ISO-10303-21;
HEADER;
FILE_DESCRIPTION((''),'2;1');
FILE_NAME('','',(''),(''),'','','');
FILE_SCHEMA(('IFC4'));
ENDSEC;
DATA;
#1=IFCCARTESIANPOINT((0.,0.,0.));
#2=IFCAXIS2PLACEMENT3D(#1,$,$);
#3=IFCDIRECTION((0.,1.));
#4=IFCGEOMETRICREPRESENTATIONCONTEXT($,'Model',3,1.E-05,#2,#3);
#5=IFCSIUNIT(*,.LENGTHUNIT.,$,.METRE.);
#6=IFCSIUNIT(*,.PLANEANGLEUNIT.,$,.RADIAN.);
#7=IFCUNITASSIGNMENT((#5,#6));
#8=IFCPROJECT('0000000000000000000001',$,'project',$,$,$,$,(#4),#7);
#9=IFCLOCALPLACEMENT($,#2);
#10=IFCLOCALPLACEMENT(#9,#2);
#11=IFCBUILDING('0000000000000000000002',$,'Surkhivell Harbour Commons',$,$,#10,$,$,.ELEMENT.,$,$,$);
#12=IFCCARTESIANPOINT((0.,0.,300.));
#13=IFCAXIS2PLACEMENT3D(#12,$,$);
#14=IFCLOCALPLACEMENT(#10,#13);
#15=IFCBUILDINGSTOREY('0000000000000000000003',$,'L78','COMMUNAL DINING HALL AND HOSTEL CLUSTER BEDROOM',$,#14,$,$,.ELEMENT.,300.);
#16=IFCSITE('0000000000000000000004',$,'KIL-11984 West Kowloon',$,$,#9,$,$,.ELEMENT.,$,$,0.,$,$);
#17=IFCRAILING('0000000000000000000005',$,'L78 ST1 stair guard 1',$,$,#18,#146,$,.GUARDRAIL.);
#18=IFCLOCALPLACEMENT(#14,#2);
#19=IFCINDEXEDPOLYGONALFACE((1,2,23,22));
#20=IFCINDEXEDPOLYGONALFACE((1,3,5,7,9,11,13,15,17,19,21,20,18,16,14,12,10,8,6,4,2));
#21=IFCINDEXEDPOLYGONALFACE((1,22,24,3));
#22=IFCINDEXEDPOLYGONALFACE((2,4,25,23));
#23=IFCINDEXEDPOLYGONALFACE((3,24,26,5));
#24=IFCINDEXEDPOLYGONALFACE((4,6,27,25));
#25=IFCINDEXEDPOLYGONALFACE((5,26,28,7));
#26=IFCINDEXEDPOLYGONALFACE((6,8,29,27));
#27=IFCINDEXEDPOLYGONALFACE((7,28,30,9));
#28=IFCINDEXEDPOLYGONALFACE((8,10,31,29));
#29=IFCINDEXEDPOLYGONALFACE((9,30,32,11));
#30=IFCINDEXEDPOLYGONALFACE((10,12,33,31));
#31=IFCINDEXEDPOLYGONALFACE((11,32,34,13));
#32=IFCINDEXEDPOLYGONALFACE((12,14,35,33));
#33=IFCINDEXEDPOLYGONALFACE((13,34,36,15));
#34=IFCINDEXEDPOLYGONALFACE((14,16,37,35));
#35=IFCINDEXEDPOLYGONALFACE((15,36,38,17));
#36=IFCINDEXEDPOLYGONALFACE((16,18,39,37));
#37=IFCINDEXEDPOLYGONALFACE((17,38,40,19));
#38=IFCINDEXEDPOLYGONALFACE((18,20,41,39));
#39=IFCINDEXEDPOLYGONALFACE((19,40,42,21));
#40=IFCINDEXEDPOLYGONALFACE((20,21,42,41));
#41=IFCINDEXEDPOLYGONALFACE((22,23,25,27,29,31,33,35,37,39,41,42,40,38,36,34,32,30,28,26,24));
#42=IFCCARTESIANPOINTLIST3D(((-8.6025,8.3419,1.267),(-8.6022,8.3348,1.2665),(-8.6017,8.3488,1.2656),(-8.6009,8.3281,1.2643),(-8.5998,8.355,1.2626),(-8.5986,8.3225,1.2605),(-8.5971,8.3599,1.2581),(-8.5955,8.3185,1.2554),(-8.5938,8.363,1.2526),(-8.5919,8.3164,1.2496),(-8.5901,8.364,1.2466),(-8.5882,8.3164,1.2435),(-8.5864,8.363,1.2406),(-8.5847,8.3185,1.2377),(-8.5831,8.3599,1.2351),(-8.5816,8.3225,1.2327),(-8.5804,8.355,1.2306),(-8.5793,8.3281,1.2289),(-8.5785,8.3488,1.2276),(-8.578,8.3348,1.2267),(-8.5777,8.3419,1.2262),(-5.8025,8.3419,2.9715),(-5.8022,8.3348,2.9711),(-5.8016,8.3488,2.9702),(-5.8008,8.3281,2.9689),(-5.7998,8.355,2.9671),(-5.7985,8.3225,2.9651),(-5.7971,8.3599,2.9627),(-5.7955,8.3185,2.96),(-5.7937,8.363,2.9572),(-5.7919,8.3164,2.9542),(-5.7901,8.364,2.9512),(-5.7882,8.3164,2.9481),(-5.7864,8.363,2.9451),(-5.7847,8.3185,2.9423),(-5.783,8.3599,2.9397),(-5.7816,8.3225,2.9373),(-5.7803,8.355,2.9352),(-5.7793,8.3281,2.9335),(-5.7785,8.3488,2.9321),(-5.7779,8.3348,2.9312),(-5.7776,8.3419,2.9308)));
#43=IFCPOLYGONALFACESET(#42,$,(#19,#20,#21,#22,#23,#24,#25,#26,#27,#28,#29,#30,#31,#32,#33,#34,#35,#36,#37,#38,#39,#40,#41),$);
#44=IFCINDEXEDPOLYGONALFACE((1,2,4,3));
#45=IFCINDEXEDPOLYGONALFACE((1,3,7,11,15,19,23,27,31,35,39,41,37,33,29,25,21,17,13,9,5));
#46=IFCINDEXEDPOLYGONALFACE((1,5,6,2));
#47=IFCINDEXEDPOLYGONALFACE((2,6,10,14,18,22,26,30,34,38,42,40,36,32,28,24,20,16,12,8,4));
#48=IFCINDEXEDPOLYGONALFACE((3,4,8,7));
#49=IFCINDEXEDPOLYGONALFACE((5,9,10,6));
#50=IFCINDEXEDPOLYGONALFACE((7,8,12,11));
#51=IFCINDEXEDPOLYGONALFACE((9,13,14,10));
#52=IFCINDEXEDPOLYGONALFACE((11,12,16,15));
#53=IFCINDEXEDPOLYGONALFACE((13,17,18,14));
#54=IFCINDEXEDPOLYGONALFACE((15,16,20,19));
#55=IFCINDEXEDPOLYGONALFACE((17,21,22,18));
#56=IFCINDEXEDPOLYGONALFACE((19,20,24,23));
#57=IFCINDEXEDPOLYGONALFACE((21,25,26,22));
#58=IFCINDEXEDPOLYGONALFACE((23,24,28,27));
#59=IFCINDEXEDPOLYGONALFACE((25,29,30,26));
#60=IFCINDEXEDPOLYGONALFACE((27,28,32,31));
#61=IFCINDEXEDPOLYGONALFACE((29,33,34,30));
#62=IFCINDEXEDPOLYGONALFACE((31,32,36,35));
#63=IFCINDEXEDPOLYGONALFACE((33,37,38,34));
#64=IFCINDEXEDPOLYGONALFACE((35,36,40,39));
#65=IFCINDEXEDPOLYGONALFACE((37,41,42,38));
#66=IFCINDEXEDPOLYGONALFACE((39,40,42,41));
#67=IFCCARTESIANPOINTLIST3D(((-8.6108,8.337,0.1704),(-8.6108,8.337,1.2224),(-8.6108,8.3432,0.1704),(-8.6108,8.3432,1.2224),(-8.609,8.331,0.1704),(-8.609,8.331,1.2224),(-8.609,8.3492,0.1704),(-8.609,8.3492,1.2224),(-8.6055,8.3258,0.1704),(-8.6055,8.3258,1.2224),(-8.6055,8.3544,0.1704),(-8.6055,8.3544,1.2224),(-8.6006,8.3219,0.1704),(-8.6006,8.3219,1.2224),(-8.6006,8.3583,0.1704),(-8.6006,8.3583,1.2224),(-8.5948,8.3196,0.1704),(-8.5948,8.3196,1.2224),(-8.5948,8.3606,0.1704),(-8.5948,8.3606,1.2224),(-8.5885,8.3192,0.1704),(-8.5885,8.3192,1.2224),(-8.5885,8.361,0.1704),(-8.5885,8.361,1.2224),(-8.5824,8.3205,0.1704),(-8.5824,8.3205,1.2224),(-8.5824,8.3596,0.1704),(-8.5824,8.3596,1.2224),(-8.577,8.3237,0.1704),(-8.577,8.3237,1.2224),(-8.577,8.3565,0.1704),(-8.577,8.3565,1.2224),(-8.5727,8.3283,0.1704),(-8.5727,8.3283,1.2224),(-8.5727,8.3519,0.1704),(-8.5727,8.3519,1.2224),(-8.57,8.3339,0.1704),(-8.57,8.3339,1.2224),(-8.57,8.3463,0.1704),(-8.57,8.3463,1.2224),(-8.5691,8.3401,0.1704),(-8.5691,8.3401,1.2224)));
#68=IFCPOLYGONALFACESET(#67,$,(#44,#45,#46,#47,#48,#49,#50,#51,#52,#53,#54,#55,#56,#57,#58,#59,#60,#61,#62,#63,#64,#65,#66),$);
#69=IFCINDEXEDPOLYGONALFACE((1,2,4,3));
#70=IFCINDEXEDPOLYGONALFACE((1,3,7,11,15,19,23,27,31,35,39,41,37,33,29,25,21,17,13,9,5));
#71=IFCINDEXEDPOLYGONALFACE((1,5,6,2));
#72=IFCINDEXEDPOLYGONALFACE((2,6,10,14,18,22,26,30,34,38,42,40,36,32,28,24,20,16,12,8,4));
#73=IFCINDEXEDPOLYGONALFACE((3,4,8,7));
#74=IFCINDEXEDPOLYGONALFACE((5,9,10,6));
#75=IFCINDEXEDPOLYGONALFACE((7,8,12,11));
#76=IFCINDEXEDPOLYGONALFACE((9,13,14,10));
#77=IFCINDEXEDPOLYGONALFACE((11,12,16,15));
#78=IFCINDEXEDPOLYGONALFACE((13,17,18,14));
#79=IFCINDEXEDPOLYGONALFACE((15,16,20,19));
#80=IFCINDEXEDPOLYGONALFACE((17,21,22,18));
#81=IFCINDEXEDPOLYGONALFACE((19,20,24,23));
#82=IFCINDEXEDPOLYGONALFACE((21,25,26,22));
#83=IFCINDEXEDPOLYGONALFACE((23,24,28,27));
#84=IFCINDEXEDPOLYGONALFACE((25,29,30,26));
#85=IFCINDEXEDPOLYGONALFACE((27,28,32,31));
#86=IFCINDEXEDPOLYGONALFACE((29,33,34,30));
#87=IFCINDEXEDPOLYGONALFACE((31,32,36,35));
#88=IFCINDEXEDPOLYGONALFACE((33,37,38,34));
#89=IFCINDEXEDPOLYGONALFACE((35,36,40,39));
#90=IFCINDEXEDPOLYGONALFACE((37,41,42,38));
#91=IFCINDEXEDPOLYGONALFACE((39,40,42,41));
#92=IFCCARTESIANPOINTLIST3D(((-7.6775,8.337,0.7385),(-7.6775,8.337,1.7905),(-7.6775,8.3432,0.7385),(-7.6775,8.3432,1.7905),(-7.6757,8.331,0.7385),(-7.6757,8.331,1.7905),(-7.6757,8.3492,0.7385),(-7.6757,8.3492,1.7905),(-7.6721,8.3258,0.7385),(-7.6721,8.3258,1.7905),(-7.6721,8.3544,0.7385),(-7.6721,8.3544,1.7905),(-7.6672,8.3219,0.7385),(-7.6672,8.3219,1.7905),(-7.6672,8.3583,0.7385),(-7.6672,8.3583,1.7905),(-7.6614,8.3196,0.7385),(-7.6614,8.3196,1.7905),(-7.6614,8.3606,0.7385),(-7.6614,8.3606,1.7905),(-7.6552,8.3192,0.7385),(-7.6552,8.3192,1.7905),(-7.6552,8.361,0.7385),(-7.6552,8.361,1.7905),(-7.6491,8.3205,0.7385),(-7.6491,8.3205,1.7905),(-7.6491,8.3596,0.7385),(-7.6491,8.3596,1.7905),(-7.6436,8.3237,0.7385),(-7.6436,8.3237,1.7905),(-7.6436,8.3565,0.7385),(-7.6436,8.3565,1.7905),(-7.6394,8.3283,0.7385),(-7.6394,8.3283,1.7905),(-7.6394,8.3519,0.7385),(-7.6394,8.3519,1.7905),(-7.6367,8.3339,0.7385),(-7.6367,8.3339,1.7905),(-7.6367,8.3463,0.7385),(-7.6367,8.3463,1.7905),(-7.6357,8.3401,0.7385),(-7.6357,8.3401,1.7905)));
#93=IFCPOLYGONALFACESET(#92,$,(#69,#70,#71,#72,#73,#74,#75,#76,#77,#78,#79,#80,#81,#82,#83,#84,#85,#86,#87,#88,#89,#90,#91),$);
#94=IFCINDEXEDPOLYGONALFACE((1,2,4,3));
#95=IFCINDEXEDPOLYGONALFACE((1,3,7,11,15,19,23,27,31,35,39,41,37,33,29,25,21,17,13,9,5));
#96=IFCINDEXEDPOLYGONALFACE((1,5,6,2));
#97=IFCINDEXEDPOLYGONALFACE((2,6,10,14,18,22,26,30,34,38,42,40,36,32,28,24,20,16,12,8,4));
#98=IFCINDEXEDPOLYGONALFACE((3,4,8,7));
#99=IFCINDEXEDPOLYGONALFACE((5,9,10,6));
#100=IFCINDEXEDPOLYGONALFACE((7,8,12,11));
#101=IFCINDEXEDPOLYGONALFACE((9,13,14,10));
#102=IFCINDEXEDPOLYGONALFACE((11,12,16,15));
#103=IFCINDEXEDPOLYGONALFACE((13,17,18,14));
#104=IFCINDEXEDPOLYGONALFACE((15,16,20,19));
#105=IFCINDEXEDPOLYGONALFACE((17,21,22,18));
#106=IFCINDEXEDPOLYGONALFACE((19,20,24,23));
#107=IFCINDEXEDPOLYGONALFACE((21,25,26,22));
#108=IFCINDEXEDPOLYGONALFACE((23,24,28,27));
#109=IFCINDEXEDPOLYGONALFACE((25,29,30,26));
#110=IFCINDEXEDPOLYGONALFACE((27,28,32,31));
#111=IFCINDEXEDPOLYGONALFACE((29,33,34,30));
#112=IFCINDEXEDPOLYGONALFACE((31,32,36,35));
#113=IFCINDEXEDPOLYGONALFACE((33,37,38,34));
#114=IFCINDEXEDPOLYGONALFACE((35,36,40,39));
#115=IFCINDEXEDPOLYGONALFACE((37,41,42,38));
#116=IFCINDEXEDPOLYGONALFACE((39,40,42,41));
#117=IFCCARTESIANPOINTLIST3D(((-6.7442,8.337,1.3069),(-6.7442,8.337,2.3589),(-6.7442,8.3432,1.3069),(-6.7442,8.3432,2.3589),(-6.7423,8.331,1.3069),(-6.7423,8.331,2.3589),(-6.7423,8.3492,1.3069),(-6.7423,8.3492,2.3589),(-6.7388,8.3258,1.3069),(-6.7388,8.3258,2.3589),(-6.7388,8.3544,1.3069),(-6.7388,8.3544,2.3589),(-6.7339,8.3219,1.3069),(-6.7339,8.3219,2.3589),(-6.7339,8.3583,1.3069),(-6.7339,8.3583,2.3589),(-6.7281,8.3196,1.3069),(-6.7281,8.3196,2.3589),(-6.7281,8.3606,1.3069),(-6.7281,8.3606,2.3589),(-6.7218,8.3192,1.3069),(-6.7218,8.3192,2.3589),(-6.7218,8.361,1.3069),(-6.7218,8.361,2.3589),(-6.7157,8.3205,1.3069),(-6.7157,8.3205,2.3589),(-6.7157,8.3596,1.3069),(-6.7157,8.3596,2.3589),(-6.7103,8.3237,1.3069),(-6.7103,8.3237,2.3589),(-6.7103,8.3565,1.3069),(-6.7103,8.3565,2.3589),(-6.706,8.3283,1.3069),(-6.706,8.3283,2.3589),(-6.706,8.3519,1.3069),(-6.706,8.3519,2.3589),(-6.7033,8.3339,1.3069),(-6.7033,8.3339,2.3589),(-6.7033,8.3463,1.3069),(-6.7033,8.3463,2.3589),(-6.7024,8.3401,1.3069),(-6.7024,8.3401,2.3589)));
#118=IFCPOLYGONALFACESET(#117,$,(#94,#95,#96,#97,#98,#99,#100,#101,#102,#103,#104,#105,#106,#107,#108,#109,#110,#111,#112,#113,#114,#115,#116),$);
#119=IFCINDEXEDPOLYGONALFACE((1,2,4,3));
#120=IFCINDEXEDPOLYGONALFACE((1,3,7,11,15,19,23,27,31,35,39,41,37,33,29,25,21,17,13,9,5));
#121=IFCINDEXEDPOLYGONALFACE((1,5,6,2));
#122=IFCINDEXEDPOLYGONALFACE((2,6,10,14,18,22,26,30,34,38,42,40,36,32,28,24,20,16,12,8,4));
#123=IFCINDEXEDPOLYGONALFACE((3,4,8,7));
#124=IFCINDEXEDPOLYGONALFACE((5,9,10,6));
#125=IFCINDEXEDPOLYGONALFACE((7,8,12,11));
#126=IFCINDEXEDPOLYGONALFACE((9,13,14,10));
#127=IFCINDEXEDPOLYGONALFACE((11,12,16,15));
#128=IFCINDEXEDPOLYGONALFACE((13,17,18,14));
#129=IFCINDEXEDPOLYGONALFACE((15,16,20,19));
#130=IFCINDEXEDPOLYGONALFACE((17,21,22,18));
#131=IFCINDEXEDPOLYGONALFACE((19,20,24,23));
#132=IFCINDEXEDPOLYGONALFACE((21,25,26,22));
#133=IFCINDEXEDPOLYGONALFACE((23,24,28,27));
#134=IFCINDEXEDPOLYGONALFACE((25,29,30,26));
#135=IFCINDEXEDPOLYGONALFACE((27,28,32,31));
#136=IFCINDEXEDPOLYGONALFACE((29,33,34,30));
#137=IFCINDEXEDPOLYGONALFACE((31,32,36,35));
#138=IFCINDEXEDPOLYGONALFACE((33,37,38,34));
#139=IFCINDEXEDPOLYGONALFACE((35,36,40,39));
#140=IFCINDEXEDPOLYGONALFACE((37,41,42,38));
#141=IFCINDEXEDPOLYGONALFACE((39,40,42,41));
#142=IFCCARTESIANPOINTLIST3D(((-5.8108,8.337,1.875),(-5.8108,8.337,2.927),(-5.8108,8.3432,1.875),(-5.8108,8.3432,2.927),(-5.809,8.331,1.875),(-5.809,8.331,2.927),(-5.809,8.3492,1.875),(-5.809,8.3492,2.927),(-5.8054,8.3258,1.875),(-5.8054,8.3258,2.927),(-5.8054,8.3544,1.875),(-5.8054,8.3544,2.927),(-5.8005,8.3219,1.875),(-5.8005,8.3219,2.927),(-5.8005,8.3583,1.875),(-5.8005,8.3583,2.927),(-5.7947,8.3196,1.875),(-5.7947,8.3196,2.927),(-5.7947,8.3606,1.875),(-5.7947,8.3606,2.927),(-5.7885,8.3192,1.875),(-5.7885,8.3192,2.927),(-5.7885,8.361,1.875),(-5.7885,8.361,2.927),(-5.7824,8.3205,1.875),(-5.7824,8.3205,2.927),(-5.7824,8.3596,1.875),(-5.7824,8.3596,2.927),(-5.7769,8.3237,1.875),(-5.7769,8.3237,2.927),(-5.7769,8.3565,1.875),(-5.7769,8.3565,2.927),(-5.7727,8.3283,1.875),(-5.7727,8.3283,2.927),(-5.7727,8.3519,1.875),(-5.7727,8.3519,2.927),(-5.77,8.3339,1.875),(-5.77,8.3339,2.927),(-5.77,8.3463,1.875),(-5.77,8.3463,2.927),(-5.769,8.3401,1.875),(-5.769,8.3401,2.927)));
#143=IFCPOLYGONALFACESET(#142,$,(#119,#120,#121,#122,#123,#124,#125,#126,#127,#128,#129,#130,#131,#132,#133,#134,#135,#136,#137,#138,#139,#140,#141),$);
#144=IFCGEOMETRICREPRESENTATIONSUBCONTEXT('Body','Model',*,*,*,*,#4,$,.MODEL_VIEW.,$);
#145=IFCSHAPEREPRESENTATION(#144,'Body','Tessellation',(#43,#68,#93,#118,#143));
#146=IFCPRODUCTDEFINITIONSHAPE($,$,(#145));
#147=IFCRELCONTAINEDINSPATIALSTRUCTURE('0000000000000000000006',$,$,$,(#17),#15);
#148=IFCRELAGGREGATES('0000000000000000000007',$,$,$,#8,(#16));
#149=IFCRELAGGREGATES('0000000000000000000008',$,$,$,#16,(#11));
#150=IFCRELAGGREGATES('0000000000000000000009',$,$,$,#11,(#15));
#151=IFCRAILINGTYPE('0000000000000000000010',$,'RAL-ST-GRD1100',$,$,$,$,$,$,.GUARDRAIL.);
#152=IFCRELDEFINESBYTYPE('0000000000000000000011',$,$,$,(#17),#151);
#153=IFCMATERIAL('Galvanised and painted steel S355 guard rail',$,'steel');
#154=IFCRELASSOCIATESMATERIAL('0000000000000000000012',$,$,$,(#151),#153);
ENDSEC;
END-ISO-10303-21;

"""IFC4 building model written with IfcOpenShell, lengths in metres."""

from ifc_helpers import new_model, si_unit, direction, frame, origin, origin_2d, place, context, subcontext, project, spatial, circle, extrude, material, type_object, element, save


model = new_model("IFC4")

# Units and contexts
model_context = context("Model", 3, precision=1e-05, world=origin(), true_north=direction((0.0, 1.0)))
body_context = subcontext(model_context, "Body", "Model", "MODEL_VIEW")
ifc_project = project(units=[si_unit("LENGTHUNIT", "METRE"), si_unit("PLANEANGLEUNIT", "RADIAN")], contexts=[model_context])

# Site, building, storey
site_placement = place(None, origin())
site = spatial("IfcSite", under=ifc_project, at=site_placement, Name="KIL-11984 West Kowloon", CompositionType="ELEMENT", RefElevation=0.0)
building_placement = place(site_placement, origin())
building = spatial("IfcBuilding", under=site, at=building_placement, Name="Surkhivell Harbour Commons", CompositionType="ELEMENT")
storey_placement = place(building_placement, frame((0.0, 0.0, 300.0)))
storey = spatial("IfcBuildingStorey", under=building, at=storey_placement, Name="L78", Description="COMMUNAL DINING HALL AND HOSTEL CLUSTER BEDROOM", CompositionType="ELEMENT", Elevation=300.0)

# Railing
ifc_material_1 = material(Name="Galvanised and painted steel S355 guard rail", Category="steel")
railing_type_1 = type_object("IfcRailingType", Name="RAL-ST-GRD1100", PredefinedType="GUARDRAIL", material=ifc_material_1)
railing_1_placement = place(storey_placement, frame((-8.5901, 8.3401, 0.1704)))
element("IfcRailing", 1, at=railing_1_placement, inside=storey, type_object=railing_type_1, Name="L78 ST1 stair guard 1", PredefinedType="GUARDRAIL", context=body_context, shape_type="SweptSolid", body=[
    extrude(circle(Radius=0.0239, at=origin_2d()), frame((0.0, 0.0, 1.0762), z_axis=(0.85417, 0.0, 0.519994), x_axis=(0.0, 1.0, 0.0)), (0.0, 0.0, 1.0), 3.2781),
    extrude(circle(Radius=0.021, at=origin_2d()), origin(), (0.0, 0.0, 1.0), 1.052),
    extrude(circle(Radius=0.021, at=origin_2d()), frame((0.9333, 0.0, 0.5681)), (0.0, 0.0, 1.0), 1.052),
    extrude(circle(Radius=0.021, at=origin_2d()), frame((1.8667, 0.0, 1.1365)), (0.0, 0.0, 1.0), 1.052),
    extrude(circle(Radius=0.021, at=origin_2d()), frame((2.8, 0.0, 1.7046)), (0.0, 0.0, 1.0), 1.052),
])

save(model, "model.ifc")
